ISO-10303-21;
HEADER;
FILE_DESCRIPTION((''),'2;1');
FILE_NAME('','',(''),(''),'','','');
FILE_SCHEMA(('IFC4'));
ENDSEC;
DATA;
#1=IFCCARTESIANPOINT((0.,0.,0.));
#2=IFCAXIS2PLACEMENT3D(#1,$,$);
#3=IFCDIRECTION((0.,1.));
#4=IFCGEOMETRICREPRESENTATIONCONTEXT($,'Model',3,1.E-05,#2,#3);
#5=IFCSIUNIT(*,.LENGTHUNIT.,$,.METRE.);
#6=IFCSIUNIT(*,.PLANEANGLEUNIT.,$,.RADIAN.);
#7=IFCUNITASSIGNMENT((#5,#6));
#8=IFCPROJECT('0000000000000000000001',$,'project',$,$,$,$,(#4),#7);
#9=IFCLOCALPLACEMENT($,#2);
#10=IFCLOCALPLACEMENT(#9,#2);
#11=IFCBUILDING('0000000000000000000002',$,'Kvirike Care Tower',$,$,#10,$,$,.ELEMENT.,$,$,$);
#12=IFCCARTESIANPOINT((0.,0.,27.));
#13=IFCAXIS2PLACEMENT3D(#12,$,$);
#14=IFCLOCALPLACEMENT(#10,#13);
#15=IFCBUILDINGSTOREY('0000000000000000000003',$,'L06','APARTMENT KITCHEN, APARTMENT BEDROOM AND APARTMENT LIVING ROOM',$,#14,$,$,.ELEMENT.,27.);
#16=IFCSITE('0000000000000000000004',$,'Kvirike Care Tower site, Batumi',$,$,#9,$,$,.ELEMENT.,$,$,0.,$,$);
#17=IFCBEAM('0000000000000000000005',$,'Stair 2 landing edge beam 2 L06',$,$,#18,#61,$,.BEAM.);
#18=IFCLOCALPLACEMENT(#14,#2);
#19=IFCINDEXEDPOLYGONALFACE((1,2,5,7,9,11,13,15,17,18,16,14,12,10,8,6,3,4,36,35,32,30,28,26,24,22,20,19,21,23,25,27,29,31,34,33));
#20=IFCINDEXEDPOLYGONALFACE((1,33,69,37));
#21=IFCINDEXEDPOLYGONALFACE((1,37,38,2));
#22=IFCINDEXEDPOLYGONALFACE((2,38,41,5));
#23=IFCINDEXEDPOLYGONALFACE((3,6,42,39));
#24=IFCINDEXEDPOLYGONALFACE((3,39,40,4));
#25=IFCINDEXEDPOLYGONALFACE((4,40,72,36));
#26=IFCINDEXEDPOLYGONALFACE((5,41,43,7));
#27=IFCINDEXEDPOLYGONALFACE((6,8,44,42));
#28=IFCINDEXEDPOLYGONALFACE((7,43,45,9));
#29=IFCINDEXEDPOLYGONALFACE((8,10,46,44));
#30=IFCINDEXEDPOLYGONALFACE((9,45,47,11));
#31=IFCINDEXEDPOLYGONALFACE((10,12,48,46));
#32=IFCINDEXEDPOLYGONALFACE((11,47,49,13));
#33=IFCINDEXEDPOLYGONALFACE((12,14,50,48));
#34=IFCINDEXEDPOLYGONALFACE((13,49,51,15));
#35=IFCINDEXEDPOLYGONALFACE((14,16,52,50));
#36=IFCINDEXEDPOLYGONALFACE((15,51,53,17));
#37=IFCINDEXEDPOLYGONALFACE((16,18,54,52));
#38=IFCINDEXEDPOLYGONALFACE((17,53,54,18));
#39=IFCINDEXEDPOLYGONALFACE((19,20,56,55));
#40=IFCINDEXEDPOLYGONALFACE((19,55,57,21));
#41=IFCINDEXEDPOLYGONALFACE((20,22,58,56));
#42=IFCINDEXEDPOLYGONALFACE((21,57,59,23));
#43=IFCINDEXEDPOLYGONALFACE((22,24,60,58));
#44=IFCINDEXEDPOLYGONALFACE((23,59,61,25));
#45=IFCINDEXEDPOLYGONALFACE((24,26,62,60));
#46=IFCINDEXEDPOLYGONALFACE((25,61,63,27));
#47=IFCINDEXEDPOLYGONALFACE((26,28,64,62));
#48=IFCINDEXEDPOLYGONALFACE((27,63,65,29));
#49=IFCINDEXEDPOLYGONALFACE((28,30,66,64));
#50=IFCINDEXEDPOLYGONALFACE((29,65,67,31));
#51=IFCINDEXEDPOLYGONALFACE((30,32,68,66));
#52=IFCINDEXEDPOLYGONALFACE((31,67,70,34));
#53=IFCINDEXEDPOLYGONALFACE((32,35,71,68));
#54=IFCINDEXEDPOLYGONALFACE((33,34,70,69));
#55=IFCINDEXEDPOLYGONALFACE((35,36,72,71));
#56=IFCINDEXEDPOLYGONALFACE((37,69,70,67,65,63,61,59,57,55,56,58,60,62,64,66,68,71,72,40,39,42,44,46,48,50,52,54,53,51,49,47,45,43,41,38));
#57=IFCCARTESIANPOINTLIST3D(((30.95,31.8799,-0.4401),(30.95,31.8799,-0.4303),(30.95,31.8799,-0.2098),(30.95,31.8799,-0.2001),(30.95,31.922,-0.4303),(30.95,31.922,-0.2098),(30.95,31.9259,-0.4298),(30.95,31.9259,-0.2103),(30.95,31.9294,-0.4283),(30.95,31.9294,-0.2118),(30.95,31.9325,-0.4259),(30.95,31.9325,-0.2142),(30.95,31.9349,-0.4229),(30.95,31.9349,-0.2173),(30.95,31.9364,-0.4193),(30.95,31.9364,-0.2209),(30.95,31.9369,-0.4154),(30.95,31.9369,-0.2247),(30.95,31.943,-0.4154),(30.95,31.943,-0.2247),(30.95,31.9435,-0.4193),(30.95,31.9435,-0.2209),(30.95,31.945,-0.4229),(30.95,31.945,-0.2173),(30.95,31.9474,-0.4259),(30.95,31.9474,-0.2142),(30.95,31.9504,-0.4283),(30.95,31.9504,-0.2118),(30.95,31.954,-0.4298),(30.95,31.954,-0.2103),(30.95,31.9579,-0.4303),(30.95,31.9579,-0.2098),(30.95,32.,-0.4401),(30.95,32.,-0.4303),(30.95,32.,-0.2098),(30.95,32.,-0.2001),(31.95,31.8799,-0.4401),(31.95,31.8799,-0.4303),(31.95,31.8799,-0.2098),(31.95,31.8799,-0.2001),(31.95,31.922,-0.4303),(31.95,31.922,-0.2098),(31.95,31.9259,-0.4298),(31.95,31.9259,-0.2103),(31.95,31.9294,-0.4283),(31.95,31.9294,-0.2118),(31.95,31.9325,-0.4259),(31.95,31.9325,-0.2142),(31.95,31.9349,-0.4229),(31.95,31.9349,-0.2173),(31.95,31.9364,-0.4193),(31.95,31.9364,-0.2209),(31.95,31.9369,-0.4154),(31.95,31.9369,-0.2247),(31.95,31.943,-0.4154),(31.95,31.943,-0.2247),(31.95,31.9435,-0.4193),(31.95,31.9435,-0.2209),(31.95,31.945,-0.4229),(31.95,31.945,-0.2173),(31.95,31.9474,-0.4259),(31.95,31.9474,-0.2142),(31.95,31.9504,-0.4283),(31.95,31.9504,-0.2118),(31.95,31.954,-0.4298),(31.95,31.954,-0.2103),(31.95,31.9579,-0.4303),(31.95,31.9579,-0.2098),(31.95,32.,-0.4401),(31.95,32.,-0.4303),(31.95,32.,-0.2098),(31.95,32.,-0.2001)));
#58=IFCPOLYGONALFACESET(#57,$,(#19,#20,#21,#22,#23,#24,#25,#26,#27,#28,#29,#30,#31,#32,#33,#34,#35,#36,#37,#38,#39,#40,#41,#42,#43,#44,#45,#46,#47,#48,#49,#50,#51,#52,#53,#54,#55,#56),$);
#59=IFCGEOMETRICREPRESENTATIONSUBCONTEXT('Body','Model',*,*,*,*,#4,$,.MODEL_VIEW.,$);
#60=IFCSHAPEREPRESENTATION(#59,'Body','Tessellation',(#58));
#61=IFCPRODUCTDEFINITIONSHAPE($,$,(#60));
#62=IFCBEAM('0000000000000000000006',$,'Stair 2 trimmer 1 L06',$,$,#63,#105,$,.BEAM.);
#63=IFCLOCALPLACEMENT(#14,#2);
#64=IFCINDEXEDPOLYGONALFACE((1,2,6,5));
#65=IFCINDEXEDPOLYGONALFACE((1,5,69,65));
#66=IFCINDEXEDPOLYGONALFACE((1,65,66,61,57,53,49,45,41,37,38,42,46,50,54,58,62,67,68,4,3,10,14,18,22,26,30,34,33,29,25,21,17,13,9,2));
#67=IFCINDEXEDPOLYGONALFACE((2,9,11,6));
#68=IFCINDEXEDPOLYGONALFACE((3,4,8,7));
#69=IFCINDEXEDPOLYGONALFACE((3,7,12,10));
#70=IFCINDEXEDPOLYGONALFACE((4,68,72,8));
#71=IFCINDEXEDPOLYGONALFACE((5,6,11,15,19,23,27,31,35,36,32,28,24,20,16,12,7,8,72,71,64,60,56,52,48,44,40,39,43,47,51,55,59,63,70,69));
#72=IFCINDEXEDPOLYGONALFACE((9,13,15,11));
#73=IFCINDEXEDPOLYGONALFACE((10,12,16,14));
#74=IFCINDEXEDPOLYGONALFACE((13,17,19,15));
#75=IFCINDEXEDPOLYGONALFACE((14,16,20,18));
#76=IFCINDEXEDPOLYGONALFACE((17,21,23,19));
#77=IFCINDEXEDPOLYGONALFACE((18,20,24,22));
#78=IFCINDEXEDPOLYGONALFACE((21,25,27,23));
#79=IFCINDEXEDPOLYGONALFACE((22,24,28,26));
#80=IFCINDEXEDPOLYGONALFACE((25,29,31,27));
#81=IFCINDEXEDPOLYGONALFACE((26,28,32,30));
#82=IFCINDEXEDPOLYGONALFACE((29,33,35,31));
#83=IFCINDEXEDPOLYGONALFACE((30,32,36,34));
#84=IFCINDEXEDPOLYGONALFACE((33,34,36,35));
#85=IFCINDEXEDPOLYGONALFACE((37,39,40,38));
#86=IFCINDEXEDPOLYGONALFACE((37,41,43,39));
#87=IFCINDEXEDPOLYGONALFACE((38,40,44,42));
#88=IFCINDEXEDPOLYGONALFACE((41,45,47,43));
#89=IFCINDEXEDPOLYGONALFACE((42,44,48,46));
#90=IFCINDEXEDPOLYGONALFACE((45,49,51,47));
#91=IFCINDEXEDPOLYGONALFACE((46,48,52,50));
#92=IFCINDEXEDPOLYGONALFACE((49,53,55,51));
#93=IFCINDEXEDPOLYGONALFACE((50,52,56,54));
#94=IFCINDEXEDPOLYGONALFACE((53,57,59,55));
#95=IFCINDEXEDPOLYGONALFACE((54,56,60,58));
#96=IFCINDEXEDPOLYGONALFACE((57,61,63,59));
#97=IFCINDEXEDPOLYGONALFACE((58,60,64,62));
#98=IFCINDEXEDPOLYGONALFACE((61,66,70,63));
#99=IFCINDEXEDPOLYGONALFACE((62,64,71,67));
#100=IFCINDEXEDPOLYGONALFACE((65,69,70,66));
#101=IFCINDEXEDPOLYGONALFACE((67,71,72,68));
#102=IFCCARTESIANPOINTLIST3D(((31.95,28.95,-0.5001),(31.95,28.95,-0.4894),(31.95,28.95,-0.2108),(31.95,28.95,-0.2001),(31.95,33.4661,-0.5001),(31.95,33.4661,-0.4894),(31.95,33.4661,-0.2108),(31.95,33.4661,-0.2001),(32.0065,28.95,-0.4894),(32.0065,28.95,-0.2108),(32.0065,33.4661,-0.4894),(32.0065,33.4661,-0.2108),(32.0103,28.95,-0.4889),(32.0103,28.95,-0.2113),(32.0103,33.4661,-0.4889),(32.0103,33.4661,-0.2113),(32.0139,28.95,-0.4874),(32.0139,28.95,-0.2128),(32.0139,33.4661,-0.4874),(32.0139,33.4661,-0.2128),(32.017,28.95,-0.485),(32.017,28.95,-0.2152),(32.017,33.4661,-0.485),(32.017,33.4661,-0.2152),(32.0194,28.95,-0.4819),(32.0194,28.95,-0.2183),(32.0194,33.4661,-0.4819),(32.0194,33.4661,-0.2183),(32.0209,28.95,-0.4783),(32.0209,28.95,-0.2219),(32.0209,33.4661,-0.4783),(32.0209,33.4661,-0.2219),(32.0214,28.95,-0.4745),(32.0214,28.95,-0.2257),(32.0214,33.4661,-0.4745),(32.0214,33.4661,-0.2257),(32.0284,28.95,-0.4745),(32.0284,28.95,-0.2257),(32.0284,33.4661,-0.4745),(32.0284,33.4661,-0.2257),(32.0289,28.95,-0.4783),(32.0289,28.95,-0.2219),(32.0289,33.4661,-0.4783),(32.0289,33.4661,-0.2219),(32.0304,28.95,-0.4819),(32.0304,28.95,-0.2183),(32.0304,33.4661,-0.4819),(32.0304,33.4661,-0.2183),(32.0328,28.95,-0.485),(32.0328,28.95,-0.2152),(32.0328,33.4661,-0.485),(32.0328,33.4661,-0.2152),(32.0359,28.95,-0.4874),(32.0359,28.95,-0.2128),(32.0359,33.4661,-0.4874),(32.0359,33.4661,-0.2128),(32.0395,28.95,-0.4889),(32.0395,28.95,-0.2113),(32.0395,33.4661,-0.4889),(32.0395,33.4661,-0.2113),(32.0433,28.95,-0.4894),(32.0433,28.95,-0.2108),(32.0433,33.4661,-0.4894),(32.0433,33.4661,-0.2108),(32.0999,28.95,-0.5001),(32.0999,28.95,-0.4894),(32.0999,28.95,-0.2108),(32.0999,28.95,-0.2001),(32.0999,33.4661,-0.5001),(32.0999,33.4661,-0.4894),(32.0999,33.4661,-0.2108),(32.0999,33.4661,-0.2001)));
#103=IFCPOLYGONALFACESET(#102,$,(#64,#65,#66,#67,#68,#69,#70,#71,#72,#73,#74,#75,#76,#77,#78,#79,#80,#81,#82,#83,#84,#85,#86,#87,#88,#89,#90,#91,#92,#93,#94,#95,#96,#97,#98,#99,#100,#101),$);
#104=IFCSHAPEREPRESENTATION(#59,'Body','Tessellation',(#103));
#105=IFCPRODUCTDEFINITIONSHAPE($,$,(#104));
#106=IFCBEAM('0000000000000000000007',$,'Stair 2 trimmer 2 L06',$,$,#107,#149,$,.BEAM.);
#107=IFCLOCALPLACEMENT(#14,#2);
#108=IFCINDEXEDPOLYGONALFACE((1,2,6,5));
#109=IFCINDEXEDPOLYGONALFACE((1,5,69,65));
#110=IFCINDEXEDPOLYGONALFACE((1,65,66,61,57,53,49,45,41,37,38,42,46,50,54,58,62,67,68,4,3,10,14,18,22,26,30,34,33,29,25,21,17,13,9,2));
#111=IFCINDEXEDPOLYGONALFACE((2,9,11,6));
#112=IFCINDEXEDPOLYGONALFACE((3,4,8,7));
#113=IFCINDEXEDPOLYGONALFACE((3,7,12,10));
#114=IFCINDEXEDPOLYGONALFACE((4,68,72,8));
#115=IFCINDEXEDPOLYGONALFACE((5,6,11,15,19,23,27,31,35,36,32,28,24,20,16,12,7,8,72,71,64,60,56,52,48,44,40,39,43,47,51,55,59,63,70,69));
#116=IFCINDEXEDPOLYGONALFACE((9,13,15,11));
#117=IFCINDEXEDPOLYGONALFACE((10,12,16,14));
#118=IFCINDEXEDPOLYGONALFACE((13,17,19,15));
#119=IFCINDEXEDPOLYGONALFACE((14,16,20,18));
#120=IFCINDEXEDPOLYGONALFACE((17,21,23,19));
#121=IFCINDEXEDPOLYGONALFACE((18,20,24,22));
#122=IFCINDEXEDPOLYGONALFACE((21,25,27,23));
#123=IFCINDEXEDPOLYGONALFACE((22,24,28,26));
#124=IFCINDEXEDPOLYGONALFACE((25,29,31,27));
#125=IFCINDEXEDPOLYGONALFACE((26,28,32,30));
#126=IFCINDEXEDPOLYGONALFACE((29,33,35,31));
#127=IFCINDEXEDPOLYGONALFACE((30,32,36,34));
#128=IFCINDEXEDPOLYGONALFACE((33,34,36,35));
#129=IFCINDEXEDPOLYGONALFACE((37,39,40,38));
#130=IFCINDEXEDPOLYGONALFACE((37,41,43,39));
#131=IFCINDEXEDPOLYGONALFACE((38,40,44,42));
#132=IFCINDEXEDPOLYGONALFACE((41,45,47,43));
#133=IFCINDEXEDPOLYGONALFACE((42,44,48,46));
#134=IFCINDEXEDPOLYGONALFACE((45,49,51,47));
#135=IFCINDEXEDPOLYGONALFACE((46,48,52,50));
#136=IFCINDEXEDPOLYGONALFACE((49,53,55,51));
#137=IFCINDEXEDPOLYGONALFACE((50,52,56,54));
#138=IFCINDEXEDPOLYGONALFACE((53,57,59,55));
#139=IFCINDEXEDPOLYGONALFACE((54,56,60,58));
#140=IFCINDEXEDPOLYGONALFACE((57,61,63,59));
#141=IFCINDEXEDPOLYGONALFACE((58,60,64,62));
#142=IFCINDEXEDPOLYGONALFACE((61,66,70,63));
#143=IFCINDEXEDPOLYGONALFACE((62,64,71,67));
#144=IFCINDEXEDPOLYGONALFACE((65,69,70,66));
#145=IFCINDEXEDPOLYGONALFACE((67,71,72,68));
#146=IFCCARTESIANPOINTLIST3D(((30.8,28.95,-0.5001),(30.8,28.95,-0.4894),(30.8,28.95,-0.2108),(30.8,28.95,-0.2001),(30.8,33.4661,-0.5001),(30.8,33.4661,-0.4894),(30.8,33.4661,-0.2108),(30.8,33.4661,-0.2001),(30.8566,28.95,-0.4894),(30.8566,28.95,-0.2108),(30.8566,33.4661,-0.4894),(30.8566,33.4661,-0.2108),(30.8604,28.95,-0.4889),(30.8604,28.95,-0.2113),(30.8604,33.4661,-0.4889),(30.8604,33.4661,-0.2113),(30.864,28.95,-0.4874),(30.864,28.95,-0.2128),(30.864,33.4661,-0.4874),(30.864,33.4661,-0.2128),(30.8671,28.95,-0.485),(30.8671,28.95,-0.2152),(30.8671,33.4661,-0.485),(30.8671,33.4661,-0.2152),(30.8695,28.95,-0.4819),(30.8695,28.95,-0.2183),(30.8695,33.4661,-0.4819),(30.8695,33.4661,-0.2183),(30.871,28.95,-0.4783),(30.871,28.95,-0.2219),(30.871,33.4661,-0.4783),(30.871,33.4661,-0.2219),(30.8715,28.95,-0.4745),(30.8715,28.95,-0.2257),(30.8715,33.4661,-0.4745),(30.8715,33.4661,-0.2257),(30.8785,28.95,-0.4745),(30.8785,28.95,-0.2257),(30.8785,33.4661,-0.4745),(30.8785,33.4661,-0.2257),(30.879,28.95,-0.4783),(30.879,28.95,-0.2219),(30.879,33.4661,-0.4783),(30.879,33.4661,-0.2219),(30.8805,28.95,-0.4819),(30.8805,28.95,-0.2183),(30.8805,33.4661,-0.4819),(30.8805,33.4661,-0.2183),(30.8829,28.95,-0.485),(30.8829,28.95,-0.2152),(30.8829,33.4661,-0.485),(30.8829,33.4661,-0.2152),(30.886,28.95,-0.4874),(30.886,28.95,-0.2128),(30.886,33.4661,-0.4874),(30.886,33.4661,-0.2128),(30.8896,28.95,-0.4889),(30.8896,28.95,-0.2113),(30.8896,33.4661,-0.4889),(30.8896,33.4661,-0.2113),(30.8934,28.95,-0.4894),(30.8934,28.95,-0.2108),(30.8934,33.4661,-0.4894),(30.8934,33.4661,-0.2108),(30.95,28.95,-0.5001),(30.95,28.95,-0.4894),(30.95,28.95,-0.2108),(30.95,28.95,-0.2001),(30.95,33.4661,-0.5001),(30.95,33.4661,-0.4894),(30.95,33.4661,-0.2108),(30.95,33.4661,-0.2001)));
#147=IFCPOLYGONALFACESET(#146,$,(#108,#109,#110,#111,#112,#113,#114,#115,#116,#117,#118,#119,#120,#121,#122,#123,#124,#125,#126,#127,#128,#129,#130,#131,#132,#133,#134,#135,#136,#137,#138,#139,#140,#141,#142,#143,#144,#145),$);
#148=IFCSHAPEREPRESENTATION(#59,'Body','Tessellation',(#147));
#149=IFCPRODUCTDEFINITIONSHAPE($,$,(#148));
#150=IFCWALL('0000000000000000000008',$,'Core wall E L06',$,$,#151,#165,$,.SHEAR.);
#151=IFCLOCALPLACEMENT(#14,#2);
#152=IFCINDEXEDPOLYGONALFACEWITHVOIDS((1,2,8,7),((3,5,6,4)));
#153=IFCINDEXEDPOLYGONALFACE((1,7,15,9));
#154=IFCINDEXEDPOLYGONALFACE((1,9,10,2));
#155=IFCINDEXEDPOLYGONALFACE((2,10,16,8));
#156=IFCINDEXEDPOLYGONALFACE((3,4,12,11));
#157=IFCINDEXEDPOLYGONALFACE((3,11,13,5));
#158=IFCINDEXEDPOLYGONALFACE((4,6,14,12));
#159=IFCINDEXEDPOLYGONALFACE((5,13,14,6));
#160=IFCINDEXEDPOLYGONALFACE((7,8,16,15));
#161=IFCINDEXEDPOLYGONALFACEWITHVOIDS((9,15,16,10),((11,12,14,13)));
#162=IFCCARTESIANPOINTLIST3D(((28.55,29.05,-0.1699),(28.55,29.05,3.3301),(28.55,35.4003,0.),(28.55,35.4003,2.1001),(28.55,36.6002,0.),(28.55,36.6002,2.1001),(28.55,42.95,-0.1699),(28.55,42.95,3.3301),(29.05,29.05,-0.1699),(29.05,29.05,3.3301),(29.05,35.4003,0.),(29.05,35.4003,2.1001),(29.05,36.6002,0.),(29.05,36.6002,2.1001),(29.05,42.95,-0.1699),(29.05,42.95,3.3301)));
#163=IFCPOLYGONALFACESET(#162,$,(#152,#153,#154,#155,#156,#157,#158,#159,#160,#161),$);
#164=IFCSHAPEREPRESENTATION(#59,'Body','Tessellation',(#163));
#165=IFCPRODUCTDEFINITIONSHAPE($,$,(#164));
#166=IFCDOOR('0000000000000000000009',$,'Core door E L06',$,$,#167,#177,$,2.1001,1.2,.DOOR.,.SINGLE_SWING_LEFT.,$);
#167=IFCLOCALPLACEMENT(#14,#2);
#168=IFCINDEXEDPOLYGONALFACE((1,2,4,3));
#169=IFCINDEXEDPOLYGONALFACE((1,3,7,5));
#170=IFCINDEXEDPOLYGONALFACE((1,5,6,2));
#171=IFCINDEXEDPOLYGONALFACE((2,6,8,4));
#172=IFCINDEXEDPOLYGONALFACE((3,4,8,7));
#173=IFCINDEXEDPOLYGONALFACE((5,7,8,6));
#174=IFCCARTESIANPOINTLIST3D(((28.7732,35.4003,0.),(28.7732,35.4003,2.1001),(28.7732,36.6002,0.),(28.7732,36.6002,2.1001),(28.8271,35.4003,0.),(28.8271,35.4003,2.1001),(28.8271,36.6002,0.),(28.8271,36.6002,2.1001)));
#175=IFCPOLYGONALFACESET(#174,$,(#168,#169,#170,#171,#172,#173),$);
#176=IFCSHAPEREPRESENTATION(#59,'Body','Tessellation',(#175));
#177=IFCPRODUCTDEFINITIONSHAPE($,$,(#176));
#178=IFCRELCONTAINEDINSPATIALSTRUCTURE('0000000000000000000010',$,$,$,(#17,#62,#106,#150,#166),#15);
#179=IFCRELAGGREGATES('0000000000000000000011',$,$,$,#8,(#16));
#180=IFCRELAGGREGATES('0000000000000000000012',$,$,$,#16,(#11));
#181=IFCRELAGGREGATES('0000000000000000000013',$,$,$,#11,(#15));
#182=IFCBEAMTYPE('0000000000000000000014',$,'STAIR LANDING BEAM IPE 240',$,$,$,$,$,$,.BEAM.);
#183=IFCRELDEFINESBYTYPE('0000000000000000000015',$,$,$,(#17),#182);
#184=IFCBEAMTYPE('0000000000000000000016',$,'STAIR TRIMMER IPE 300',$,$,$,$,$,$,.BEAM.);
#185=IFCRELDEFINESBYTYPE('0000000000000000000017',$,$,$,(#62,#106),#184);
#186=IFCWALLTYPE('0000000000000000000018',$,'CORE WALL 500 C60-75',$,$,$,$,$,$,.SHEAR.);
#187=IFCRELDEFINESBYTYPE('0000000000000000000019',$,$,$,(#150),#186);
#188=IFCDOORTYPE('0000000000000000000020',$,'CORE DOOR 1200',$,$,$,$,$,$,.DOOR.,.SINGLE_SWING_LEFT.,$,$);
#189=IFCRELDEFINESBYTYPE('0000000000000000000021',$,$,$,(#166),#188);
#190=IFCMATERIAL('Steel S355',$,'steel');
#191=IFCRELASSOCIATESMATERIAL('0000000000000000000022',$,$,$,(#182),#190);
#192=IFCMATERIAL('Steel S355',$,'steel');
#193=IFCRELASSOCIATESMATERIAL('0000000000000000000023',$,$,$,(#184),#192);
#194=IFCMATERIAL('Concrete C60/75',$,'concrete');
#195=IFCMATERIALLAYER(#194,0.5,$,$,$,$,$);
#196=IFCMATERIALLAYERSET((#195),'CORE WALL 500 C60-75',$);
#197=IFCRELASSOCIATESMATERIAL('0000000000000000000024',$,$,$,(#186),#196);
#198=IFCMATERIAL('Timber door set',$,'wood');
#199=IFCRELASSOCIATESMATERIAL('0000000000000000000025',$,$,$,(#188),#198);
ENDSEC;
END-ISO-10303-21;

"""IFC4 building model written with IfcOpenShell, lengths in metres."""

from ifc_helpers import new_model, si_unit, direction, frame, frame_2d, origin, origin_2d, place, context, subcontext, project, spatial, rectangle, i_section, extrude, material, layer, layer_set, material_profile, profile_set, type_object, element, fill, save


model = new_model("IFC4")

# Units and contexts
model_context = context("Model", 3, precision=1e-05, world=origin(), true_north=direction((0.0, 1.0)))
body_context = subcontext(model_context, "Body", "Model", "MODEL_VIEW")
ifc_project = project(units=[si_unit("LENGTHUNIT", "METRE"), si_unit("PLANEANGLEUNIT", "RADIAN")], contexts=[model_context])

# Site, building, storey
site_placement = place(None, origin())
site = spatial("IfcSite", under=ifc_project, at=site_placement, Name="Kvirike Care Tower site, Batumi", CompositionType="ELEMENT", RefElevation=0.0)
building_placement = place(site_placement, origin())
building = spatial("IfcBuilding", under=site, at=building_placement, Name="Kvirike Care Tower", CompositionType="ELEMENT")
storey_placement = place(building_placement, frame((0.0, 0.0, 27.0)))
storey = spatial("IfcBuildingStorey", under=building, at=storey_placement, Name="L06", Description="APARTMENT KITCHEN, APARTMENT BEDROOM AND APARTMENT LIVING ROOM", CompositionType="ELEMENT", Elevation=27.0)

# Beams
ifc_material_1 = material(Name="Steel S355", Category="steel")
ifc_material_profile_1 = material_profile(ifc_material_1, i_section(OverallWidth=0.1201, OverallDepth=0.24, WebThickness=0.0061, FlangeThickness=0.0098, FilletRadius=0.0149, at=origin_2d()), Name="IPE 240")
ifc_profile_set_1 = profile_set([ifc_material_profile_1], Name="Steel S355")
beam_type_1 = type_object("IfcBeamType", Name="STAIR LANDING BEAM IPE 240", PredefinedType="BEAM", material=ifc_profile_set_1)
for number, where, z_axis, x_axis, name in (
    (1, (31.95, 31.9399, -0.3201), (-1.0, 0.0, 0.0), (0.0, -1.0, 0.0), "Stair 2 landing edge beam 2 L06"),
):
    element("IfcBeam", number, at=place(storey_placement, frame(where, z_axis=z_axis, x_axis=x_axis)), inside=storey, type_object=beam_type_1, Name=name, PredefinedType="BEAM", context=body_context, shape_type="SweptSolid", body=[
        extrude(i_section(OverallWidth=0.1201, OverallDepth=0.24, WebThickness=0.0061, FlangeThickness=0.0098, FilletRadius=0.0149, at=origin_2d()), origin(), (0.0, 0.0, 1.0), 1.0),
    ])
ifc_material_2 = material(Name="Steel S355", Category="steel")
ifc_material_profile_2 = material_profile(ifc_material_2, i_section(OverallWidth=0.1499, OverallDepth=0.3, WebThickness=0.0071, FlangeThickness=0.0107, FilletRadius=0.0149, at=origin_2d()), Name="IPE 300")
ifc_profile_set_2 = profile_set([ifc_material_profile_2], Name="Steel S355")
beam_type_2 = type_object("IfcBeamType", Name="STAIR TRIMMER IPE 300", PredefinedType="BEAM", material=ifc_profile_set_2)
for number, where, z_axis, x_axis, name in (
    (2, (32.0249, 28.95, -0.3501), (0.0, 1.0, 0.0), (-1.0, 0.0, 0.0), "Stair 2 trimmer 1 L06"),
    (3, (30.875, 28.95, -0.3501), (0.0, 1.0, 0.0), (-1.0, 0.0, 0.0), "Stair 2 trimmer 2 L06"),
):
    element("IfcBeam", number, at=place(storey_placement, frame(where, z_axis=z_axis, x_axis=x_axis)), inside=storey, type_object=beam_type_2, Name=name, PredefinedType="BEAM", context=body_context, shape_type="SweptSolid", body=[
        extrude(i_section(OverallWidth=0.1499, OverallDepth=0.3, WebThickness=0.0071, FlangeThickness=0.0107, FilletRadius=0.0149, at=origin_2d()), origin(), (0.0, 0.0, 1.0), 4.5161),
    ])

# Wall, opening, door
ifc_material_3 = material(Name="Concrete C60/75", Category="concrete")
ifc_layer_1 = layer(ifc_material_3, 0.5)
ifc_layer_set_1 = layer_set([ifc_layer_1], Name="CORE WALL 500 C60-75")
wall_type_1 = type_object("IfcWallType", Name="CORE WALL 500 C60-75", PredefinedType="SHEAR", material=ifc_layer_set_1)
wall_1_placement = place(storey_placement, frame((28.8, 29.05, -0.1699), z_axis=(0.0, 0.0, 1.0), x_axis=(0.0, 1.0, 0.0)))
wall_1 = element("IfcWall", 4, at=wall_1_placement, inside=storey, type_object=wall_type_1, Name="Core wall E L06", PredefinedType="SHEAR", context=body_context, shape_type="SweptSolid", body=[
    extrude(rectangle(XDim=13.8999, YDim=0.5, at=frame_2d((6.95, 0.0))), origin(), (0.0, 0.0, 1.0), 3.5),
])
opening_1_placement = place(wall_1_placement, frame((6.3501, 0.0, 0.1699)))
opening_1 = element("IfcOpeningElement", 5, at=opening_1_placement, cuts=wall_1, PredefinedType="OPENING", context=body_context, shape_type="SweptSolid", body=[
    extrude(rectangle(XDim=1.2, YDim=2.1001, at=frame_2d((0.6001, 1.05))), frame((0.0, 0.2605, 0.0), z_axis=(0.0, -1.0, 0.0), x_axis=(1.0, 0.0, 0.0)), (0.0, 0.0, 1.0), 0.521),
])
ifc_material_4 = material(Name="Timber door set", Category="wood")
door_type_1 = type_object("IfcDoorType", Name="CORE DOOR 1200", OperationType="SINGLE_SWING_LEFT", PredefinedType="DOOR", material=ifc_material_4)
door_1_placement = place(opening_1_placement, origin())
door_1 = element("IfcDoor", 6, at=door_1_placement, inside=storey, type_object=door_type_1, Name="Core door E L06", OperationType="SINGLE_SWING_LEFT", OverallHeight=2.1001, OverallWidth=1.2, PredefinedType="DOOR", context=body_context, shape_type="SweptSolid", body=[
    extrude(rectangle(XDim=1.2, YDim=2.1001, at=frame_2d((0.6001, 1.05))), frame((0.0, 0.0269, 0.0), z_axis=(0.0, -1.0, 0.0), x_axis=(1.0, 0.0, 0.0)), (0.0, 0.0, 1.0), 0.054),
])
fill(opening_1, door_1)

save(model, "model.ifc")
